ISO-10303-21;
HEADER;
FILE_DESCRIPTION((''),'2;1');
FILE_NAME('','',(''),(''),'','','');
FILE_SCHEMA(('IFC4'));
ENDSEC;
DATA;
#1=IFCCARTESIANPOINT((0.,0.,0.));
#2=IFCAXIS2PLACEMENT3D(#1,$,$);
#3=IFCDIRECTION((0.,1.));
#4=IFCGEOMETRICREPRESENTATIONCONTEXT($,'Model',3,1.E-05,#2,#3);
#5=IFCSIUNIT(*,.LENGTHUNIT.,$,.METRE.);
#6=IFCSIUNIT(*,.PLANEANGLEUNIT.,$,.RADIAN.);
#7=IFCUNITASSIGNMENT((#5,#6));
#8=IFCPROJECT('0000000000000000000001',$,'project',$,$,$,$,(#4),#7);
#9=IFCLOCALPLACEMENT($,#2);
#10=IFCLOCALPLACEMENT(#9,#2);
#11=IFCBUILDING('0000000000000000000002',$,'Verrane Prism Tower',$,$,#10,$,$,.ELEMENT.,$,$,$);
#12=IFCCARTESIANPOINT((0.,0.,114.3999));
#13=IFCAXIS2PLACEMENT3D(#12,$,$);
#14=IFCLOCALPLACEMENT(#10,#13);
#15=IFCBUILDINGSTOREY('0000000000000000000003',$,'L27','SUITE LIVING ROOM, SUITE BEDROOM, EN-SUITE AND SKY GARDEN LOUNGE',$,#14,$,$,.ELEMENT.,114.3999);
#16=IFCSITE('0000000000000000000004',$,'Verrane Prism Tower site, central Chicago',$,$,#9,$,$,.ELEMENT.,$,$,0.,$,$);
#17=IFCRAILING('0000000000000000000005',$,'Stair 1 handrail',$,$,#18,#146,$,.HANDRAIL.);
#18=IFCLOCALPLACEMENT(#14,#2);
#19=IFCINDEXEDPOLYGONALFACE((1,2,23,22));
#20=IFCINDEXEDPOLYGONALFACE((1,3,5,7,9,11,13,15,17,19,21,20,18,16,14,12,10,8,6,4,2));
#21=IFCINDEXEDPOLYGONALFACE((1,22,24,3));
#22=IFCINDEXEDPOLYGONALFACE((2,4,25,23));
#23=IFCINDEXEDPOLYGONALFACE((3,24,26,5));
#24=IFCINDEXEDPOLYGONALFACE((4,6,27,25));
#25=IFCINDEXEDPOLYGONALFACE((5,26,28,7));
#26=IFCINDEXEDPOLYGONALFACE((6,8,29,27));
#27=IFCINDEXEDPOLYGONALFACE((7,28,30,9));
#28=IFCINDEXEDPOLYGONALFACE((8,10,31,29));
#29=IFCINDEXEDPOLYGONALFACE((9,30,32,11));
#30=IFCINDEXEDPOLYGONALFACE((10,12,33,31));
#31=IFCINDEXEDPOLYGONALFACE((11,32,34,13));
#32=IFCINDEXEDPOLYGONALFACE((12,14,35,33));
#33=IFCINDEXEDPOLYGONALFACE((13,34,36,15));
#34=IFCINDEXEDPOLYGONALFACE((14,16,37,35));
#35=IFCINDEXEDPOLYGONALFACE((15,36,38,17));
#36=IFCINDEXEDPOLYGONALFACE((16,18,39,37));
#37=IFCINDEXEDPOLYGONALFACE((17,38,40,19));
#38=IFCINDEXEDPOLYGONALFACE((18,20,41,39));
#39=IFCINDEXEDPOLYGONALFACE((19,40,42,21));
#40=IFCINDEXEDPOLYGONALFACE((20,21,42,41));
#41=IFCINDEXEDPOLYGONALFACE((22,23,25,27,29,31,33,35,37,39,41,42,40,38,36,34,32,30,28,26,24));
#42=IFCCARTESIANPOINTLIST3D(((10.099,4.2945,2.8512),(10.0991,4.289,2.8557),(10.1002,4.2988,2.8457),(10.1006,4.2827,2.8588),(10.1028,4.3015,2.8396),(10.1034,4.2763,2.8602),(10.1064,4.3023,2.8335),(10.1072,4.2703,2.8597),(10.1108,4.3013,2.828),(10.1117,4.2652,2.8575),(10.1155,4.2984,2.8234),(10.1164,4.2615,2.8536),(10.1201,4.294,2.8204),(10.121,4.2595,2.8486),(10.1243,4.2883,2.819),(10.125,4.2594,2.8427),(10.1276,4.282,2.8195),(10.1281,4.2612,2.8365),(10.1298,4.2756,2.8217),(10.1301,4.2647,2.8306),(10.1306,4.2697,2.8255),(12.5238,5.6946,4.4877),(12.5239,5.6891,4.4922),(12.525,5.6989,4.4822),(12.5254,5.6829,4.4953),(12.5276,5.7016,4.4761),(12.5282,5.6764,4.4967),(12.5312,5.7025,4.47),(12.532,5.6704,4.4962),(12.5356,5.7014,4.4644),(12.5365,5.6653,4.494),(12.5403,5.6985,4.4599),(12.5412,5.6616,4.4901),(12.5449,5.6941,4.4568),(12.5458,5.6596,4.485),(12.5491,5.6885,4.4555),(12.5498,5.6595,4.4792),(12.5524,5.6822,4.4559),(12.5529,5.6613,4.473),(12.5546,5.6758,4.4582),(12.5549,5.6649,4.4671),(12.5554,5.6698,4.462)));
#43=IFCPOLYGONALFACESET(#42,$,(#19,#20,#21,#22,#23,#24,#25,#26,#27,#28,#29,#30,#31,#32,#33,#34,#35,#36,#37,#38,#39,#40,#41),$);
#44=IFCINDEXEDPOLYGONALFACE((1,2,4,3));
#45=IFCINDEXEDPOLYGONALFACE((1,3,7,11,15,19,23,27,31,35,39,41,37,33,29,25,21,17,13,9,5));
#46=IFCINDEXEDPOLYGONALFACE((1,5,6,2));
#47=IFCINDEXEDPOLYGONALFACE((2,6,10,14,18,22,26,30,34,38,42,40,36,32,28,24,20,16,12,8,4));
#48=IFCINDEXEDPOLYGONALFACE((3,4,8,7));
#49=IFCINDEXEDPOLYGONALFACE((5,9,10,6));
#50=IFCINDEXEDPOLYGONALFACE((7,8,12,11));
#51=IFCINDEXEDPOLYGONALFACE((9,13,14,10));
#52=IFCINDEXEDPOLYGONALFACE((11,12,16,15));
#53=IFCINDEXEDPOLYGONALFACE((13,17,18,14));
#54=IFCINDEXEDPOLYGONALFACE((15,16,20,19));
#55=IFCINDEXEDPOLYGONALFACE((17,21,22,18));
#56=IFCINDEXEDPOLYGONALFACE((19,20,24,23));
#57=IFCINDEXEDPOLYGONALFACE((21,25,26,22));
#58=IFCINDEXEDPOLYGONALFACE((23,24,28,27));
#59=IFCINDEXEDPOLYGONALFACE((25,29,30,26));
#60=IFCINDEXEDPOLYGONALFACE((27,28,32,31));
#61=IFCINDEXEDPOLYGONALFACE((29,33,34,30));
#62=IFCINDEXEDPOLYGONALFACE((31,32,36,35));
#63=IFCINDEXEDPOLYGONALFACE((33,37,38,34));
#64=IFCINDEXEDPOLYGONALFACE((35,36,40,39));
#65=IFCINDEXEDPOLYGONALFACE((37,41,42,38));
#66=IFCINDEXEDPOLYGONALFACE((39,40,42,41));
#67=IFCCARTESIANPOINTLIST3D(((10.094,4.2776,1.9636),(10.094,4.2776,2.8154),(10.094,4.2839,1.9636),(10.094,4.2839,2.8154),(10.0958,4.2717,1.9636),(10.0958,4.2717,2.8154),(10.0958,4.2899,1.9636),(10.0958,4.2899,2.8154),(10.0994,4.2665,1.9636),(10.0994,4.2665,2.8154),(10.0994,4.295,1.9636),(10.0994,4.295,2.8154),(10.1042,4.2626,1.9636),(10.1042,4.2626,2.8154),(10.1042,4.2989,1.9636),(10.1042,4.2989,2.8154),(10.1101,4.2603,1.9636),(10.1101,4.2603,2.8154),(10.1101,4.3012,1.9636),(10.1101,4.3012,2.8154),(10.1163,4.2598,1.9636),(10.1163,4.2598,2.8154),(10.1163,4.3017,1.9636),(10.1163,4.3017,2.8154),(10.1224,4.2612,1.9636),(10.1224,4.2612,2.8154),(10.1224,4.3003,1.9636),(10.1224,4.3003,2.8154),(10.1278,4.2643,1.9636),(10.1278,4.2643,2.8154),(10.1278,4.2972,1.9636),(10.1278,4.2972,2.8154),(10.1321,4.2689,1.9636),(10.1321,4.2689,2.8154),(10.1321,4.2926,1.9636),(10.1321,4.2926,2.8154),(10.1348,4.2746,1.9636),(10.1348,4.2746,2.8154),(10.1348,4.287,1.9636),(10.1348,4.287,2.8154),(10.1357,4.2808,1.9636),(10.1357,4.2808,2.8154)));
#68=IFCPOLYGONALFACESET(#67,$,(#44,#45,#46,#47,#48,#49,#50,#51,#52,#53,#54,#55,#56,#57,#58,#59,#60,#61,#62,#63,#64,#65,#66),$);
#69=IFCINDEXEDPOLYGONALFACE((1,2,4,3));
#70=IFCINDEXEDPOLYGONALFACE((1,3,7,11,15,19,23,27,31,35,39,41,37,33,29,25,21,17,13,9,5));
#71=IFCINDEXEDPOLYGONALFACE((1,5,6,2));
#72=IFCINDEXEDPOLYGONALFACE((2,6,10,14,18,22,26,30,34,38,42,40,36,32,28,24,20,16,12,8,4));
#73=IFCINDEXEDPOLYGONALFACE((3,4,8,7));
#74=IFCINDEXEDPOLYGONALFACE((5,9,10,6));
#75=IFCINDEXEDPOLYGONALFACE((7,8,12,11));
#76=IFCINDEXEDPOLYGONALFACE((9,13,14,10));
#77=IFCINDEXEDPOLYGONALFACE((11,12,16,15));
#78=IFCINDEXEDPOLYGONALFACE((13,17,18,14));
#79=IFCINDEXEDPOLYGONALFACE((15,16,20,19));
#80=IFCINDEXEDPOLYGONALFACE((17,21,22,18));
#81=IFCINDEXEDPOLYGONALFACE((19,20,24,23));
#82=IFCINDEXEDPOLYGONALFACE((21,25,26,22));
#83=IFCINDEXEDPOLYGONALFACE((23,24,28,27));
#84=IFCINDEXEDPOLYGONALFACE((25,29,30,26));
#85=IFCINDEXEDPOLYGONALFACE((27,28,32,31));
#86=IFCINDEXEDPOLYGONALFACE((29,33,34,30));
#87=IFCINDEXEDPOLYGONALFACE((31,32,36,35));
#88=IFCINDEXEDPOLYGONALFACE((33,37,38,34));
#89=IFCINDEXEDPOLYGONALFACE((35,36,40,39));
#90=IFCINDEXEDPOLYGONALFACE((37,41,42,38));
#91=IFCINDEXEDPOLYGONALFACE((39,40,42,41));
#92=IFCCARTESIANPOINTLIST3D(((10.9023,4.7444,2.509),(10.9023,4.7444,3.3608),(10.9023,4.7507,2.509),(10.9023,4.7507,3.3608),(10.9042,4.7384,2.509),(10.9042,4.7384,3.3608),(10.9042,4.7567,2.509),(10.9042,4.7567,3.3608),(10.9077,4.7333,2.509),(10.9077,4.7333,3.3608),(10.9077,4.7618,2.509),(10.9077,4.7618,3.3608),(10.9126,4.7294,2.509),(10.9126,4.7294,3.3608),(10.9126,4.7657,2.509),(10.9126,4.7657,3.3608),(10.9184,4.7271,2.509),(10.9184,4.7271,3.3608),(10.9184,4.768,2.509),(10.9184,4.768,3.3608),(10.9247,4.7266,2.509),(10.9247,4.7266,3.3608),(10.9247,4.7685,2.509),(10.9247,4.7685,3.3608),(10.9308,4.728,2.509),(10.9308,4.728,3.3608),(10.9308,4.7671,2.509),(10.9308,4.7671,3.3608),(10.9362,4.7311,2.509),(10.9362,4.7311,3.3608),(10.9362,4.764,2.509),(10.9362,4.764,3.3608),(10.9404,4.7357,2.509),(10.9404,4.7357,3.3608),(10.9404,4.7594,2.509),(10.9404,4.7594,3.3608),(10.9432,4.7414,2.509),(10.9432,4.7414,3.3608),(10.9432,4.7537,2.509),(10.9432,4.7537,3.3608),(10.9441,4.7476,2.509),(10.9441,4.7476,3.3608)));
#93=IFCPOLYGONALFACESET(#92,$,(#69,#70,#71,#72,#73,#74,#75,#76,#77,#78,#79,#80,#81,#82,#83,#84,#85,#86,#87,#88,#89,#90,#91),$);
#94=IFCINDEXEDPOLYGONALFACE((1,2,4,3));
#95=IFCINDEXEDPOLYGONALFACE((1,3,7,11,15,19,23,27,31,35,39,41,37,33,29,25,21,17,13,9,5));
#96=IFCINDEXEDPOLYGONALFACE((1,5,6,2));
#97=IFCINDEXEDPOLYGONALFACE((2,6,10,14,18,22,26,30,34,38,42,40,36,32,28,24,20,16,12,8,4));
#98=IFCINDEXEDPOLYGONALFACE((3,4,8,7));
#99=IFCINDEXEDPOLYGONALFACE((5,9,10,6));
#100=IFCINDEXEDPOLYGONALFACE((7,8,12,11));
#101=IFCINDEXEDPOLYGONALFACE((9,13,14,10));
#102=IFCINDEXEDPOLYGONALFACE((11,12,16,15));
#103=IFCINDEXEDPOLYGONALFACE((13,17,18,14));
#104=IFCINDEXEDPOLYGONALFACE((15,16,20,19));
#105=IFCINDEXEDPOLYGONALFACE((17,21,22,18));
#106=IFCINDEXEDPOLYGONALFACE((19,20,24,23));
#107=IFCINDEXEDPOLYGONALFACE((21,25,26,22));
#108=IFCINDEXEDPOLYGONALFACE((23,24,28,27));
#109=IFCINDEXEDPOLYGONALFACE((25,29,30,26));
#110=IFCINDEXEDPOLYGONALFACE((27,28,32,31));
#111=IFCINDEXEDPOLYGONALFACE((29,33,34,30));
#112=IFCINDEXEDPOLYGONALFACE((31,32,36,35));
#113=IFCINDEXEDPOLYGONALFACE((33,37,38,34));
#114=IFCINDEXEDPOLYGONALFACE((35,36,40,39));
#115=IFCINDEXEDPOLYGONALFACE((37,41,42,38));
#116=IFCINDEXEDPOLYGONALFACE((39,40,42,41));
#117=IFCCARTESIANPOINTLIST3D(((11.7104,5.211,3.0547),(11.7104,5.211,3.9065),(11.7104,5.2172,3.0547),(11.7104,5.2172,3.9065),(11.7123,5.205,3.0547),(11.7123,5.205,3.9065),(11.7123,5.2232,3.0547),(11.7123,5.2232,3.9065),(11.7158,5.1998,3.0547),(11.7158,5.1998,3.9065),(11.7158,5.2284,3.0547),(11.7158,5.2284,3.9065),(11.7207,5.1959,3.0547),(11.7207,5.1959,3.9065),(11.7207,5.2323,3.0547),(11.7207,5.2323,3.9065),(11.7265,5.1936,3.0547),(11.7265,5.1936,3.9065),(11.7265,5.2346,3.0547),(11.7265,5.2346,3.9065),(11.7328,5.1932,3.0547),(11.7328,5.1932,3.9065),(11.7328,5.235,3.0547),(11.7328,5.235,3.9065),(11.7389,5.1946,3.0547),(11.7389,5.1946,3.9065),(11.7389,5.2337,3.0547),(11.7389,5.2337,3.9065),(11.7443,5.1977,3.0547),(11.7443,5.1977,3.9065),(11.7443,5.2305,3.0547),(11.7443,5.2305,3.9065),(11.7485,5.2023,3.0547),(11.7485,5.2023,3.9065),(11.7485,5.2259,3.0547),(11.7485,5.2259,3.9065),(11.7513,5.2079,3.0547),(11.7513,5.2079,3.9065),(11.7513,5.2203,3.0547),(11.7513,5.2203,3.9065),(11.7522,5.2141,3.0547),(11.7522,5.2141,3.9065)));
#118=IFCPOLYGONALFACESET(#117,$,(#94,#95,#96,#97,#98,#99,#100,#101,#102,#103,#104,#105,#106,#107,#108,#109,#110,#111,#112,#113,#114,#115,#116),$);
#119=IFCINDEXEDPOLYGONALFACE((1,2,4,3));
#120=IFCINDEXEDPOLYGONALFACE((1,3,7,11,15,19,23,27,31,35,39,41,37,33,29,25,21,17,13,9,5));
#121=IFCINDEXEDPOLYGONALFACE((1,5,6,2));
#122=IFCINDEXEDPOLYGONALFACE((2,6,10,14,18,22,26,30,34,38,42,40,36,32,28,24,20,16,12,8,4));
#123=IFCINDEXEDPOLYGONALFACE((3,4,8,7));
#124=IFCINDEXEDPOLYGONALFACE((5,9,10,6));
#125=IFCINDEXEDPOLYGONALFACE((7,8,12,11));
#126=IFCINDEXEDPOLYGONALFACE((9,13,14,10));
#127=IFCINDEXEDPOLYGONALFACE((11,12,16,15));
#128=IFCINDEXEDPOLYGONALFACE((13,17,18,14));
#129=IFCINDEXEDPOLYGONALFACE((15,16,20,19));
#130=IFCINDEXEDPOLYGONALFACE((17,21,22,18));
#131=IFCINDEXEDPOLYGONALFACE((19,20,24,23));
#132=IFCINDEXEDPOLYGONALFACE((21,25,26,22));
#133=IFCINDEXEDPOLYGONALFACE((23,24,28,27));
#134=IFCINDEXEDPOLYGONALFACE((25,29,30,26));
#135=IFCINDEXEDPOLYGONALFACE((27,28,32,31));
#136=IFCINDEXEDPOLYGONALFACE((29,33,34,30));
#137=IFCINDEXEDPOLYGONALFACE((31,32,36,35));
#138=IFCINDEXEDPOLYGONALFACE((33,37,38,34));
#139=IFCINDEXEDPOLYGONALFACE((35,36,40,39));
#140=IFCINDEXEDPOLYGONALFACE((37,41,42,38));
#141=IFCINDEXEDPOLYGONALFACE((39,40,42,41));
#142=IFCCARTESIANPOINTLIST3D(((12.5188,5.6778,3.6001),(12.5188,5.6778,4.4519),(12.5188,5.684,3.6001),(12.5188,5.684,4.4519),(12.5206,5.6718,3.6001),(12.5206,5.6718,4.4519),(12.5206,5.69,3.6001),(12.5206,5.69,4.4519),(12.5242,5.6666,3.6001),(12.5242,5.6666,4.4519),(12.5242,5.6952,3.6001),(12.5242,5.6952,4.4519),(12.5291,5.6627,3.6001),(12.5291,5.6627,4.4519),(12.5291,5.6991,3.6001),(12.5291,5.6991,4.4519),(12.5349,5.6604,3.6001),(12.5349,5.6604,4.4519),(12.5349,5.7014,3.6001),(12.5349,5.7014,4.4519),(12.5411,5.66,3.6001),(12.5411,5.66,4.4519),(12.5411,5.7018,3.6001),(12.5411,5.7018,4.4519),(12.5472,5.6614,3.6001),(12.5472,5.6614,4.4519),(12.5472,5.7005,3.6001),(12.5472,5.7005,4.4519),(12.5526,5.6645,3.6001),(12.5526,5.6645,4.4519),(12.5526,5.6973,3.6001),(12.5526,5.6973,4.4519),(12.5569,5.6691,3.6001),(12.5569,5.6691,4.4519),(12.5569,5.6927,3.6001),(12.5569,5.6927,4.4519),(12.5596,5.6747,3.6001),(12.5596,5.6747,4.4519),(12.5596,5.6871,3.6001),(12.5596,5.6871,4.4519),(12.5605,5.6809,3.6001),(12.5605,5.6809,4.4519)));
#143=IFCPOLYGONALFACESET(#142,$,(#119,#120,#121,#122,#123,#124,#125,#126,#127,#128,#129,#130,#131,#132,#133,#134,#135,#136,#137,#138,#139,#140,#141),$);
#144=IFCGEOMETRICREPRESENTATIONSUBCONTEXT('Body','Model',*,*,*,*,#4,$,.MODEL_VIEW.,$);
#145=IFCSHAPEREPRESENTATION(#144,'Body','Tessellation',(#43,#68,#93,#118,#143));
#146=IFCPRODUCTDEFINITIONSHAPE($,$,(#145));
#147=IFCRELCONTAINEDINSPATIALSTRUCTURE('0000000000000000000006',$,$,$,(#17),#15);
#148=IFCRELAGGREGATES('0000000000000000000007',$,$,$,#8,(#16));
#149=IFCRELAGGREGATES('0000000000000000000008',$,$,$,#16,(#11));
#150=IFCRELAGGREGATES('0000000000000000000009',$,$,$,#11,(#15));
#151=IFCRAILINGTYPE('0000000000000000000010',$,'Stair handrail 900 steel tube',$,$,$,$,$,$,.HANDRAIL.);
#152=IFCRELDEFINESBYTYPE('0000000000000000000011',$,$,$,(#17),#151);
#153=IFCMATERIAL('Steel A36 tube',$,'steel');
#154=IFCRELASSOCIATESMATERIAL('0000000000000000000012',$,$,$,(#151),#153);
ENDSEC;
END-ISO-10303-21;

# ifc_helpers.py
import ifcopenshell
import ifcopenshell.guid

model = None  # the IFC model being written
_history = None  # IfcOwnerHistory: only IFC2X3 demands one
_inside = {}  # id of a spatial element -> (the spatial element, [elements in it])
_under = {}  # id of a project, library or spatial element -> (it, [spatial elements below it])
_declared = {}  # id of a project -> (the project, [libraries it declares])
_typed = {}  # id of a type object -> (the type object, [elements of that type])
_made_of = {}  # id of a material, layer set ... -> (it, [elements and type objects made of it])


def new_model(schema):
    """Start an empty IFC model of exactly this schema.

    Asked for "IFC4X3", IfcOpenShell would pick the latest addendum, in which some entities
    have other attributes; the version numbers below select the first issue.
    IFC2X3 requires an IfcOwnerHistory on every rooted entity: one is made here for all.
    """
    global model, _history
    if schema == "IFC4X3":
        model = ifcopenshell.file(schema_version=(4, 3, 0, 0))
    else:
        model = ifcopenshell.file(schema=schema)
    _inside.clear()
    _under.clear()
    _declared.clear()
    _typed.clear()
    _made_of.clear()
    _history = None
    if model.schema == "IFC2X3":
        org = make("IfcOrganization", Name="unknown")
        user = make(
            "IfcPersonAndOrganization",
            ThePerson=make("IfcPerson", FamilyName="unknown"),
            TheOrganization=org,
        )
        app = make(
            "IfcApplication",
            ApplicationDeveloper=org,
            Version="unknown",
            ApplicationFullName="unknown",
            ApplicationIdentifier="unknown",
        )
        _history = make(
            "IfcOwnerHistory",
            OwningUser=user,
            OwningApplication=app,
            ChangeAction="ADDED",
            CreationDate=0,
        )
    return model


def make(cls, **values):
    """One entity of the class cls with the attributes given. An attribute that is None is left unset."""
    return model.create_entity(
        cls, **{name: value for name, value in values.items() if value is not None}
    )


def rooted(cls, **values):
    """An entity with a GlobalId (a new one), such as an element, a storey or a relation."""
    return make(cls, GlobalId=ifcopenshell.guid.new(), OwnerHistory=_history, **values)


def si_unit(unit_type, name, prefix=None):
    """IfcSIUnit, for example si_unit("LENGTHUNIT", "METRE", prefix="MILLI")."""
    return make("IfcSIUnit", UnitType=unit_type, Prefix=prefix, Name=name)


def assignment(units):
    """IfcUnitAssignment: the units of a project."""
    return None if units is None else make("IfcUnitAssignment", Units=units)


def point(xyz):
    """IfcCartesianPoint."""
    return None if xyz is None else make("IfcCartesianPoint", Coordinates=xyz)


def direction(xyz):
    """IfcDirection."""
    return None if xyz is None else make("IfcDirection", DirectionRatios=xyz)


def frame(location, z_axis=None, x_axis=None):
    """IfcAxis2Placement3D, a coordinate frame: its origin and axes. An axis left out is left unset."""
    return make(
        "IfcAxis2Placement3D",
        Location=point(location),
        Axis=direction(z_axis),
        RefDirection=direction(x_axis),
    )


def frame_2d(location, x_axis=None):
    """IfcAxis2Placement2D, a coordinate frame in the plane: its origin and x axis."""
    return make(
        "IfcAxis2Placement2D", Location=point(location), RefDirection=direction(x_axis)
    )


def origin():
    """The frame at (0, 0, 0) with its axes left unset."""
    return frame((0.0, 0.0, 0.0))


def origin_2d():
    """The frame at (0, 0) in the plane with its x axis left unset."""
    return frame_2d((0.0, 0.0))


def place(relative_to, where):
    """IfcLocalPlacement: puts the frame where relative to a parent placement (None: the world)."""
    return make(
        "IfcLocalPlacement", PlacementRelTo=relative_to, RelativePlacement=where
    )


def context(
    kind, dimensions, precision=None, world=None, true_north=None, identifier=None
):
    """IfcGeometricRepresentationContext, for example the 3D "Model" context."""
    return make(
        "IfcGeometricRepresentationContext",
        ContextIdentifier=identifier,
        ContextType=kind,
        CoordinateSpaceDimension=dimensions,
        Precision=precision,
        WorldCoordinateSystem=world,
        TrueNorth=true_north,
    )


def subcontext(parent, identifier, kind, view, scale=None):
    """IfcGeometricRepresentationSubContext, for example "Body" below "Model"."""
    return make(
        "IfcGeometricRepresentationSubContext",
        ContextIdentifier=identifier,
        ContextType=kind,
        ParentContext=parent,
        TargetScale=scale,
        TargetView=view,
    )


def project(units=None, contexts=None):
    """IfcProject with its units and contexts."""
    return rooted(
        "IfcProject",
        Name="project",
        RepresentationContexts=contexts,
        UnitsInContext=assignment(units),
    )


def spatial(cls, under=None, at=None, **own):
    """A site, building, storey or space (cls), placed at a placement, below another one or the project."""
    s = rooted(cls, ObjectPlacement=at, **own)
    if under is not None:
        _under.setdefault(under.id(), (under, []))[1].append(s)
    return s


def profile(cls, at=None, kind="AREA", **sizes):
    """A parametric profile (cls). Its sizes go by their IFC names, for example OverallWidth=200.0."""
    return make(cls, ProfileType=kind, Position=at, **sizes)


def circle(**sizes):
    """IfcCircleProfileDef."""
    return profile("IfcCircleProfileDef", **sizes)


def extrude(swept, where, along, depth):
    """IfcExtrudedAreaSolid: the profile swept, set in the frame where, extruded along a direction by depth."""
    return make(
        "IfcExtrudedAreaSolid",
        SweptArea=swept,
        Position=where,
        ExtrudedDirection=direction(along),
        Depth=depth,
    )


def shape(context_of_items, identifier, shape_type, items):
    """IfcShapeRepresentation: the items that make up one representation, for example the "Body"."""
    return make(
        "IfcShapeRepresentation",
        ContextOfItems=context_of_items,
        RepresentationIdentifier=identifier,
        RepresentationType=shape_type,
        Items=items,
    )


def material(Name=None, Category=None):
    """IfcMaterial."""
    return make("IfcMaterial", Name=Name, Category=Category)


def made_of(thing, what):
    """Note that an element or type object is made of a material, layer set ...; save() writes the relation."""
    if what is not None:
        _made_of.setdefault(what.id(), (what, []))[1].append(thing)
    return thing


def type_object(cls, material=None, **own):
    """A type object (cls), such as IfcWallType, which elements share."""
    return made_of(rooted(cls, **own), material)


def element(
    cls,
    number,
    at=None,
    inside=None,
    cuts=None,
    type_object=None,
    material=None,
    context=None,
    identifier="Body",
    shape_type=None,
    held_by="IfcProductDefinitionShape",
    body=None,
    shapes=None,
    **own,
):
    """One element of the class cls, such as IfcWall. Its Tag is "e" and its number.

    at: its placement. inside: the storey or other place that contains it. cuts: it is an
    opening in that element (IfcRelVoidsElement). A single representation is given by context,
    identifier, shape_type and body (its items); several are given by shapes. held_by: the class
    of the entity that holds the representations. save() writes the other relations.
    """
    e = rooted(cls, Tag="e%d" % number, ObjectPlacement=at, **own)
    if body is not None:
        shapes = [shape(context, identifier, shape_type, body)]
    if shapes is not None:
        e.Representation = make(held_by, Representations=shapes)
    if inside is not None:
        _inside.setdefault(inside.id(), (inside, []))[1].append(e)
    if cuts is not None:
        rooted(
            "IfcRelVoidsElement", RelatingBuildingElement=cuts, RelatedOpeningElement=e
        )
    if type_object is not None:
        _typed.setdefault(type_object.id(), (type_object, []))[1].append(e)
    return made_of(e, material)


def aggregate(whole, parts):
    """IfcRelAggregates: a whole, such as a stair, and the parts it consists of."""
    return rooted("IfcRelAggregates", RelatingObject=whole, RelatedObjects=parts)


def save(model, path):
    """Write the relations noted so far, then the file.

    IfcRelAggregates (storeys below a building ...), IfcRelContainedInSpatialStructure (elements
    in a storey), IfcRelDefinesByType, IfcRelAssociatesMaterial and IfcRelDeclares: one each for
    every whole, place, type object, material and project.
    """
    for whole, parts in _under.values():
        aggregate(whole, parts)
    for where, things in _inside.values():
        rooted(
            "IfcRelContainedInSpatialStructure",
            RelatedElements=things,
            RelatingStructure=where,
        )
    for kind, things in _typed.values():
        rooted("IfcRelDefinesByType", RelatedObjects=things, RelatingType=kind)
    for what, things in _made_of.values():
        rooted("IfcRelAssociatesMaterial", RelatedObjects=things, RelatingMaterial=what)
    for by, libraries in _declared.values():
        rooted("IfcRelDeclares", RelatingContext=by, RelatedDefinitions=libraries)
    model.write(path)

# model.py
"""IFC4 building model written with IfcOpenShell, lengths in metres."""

from ifc_helpers import new_model, si_unit, direction, frame, origin, origin_2d, place, context, subcontext, project, spatial, circle, extrude, material, type_object, element, save


model = new_model("IFC4")

# Units and contexts
model_context = context("Model", 3, precision=1e-05, world=origin(), true_north=direction((0.0, 1.0)))
body_context = subcontext(model_context, "Body", "Model", "MODEL_VIEW")
ifc_project = project(units=[si_unit("LENGTHUNIT", "METRE"), si_unit("PLANEANGLEUNIT", "RADIAN")], contexts=[model_context])

# Site, building, storey
site_placement = place(None, origin())
site = spatial("IfcSite", under=ifc_project, at=site_placement, Name="Verrane Prism Tower site, central Chicago", CompositionType="ELEMENT", RefElevation=0.0)
building_placement = place(site_placement, origin())
building = spatial("IfcBuilding", under=site, at=building_placement, Name="Verrane Prism Tower", CompositionType="ELEMENT")
storey_placement = place(building_placement, frame((0.0, 0.0, 114.3999)))
storey = spatial("IfcBuildingStorey", under=building, at=storey_placement, Name="L27", Description="SUITE LIVING ROOM, SUITE BEDROOM, EN-SUITE AND SKY GARDEN LOUNGE", CompositionType="ELEMENT", Elevation=114.3999)

# Railing
ifc_material_1 = material(Name="Steel A36 tube", Category="steel")
railing_type_1 = type_object("IfcRailingType", Name="Stair handrail 900 steel tube", PredefinedType="HANDRAIL", material=ifc_material_1)
railing_1_placement = place(storey_placement, frame((10.1147, 4.2808, 1.9636)))
element("IfcRailing", 1, at=railing_1_placement, inside=storey, type_object=railing_type_1, Name="Stair 1 handrail", PredefinedType="HANDRAIL", context=body_context, shape_type="SweptSolid", body=[
    extrude(circle(Radius=0.0239, at=origin_2d()), frame((0.0, 0.0, 0.876), z_axis=(0.747666, 0.431722, 0.504591), x_axis=(-0.50005, 0.865997, 0.0)), (0.0, 0.0, 1.0), 3.2432),
    extrude(circle(Radius=0.021, at=origin_2d()), origin(), (0.0, 0.0, 1.0), 0.8518),
    extrude(circle(Radius=0.021, at=origin_2d()), frame((0.8083, 0.4668, 0.5454)), (0.0, 0.0, 1.0), 0.8518),
    extrude(circle(Radius=0.021, at=origin_2d()), frame((1.6165, 0.9333, 1.0911)), (0.0, 0.0, 1.0), 0.8518),
    extrude(circle(Radius=0.021, at=origin_2d()), frame((2.4248, 1.4001, 1.6365)), (0.0, 0.0, 1.0), 0.8518),
])

save(model, "model.ifc")
